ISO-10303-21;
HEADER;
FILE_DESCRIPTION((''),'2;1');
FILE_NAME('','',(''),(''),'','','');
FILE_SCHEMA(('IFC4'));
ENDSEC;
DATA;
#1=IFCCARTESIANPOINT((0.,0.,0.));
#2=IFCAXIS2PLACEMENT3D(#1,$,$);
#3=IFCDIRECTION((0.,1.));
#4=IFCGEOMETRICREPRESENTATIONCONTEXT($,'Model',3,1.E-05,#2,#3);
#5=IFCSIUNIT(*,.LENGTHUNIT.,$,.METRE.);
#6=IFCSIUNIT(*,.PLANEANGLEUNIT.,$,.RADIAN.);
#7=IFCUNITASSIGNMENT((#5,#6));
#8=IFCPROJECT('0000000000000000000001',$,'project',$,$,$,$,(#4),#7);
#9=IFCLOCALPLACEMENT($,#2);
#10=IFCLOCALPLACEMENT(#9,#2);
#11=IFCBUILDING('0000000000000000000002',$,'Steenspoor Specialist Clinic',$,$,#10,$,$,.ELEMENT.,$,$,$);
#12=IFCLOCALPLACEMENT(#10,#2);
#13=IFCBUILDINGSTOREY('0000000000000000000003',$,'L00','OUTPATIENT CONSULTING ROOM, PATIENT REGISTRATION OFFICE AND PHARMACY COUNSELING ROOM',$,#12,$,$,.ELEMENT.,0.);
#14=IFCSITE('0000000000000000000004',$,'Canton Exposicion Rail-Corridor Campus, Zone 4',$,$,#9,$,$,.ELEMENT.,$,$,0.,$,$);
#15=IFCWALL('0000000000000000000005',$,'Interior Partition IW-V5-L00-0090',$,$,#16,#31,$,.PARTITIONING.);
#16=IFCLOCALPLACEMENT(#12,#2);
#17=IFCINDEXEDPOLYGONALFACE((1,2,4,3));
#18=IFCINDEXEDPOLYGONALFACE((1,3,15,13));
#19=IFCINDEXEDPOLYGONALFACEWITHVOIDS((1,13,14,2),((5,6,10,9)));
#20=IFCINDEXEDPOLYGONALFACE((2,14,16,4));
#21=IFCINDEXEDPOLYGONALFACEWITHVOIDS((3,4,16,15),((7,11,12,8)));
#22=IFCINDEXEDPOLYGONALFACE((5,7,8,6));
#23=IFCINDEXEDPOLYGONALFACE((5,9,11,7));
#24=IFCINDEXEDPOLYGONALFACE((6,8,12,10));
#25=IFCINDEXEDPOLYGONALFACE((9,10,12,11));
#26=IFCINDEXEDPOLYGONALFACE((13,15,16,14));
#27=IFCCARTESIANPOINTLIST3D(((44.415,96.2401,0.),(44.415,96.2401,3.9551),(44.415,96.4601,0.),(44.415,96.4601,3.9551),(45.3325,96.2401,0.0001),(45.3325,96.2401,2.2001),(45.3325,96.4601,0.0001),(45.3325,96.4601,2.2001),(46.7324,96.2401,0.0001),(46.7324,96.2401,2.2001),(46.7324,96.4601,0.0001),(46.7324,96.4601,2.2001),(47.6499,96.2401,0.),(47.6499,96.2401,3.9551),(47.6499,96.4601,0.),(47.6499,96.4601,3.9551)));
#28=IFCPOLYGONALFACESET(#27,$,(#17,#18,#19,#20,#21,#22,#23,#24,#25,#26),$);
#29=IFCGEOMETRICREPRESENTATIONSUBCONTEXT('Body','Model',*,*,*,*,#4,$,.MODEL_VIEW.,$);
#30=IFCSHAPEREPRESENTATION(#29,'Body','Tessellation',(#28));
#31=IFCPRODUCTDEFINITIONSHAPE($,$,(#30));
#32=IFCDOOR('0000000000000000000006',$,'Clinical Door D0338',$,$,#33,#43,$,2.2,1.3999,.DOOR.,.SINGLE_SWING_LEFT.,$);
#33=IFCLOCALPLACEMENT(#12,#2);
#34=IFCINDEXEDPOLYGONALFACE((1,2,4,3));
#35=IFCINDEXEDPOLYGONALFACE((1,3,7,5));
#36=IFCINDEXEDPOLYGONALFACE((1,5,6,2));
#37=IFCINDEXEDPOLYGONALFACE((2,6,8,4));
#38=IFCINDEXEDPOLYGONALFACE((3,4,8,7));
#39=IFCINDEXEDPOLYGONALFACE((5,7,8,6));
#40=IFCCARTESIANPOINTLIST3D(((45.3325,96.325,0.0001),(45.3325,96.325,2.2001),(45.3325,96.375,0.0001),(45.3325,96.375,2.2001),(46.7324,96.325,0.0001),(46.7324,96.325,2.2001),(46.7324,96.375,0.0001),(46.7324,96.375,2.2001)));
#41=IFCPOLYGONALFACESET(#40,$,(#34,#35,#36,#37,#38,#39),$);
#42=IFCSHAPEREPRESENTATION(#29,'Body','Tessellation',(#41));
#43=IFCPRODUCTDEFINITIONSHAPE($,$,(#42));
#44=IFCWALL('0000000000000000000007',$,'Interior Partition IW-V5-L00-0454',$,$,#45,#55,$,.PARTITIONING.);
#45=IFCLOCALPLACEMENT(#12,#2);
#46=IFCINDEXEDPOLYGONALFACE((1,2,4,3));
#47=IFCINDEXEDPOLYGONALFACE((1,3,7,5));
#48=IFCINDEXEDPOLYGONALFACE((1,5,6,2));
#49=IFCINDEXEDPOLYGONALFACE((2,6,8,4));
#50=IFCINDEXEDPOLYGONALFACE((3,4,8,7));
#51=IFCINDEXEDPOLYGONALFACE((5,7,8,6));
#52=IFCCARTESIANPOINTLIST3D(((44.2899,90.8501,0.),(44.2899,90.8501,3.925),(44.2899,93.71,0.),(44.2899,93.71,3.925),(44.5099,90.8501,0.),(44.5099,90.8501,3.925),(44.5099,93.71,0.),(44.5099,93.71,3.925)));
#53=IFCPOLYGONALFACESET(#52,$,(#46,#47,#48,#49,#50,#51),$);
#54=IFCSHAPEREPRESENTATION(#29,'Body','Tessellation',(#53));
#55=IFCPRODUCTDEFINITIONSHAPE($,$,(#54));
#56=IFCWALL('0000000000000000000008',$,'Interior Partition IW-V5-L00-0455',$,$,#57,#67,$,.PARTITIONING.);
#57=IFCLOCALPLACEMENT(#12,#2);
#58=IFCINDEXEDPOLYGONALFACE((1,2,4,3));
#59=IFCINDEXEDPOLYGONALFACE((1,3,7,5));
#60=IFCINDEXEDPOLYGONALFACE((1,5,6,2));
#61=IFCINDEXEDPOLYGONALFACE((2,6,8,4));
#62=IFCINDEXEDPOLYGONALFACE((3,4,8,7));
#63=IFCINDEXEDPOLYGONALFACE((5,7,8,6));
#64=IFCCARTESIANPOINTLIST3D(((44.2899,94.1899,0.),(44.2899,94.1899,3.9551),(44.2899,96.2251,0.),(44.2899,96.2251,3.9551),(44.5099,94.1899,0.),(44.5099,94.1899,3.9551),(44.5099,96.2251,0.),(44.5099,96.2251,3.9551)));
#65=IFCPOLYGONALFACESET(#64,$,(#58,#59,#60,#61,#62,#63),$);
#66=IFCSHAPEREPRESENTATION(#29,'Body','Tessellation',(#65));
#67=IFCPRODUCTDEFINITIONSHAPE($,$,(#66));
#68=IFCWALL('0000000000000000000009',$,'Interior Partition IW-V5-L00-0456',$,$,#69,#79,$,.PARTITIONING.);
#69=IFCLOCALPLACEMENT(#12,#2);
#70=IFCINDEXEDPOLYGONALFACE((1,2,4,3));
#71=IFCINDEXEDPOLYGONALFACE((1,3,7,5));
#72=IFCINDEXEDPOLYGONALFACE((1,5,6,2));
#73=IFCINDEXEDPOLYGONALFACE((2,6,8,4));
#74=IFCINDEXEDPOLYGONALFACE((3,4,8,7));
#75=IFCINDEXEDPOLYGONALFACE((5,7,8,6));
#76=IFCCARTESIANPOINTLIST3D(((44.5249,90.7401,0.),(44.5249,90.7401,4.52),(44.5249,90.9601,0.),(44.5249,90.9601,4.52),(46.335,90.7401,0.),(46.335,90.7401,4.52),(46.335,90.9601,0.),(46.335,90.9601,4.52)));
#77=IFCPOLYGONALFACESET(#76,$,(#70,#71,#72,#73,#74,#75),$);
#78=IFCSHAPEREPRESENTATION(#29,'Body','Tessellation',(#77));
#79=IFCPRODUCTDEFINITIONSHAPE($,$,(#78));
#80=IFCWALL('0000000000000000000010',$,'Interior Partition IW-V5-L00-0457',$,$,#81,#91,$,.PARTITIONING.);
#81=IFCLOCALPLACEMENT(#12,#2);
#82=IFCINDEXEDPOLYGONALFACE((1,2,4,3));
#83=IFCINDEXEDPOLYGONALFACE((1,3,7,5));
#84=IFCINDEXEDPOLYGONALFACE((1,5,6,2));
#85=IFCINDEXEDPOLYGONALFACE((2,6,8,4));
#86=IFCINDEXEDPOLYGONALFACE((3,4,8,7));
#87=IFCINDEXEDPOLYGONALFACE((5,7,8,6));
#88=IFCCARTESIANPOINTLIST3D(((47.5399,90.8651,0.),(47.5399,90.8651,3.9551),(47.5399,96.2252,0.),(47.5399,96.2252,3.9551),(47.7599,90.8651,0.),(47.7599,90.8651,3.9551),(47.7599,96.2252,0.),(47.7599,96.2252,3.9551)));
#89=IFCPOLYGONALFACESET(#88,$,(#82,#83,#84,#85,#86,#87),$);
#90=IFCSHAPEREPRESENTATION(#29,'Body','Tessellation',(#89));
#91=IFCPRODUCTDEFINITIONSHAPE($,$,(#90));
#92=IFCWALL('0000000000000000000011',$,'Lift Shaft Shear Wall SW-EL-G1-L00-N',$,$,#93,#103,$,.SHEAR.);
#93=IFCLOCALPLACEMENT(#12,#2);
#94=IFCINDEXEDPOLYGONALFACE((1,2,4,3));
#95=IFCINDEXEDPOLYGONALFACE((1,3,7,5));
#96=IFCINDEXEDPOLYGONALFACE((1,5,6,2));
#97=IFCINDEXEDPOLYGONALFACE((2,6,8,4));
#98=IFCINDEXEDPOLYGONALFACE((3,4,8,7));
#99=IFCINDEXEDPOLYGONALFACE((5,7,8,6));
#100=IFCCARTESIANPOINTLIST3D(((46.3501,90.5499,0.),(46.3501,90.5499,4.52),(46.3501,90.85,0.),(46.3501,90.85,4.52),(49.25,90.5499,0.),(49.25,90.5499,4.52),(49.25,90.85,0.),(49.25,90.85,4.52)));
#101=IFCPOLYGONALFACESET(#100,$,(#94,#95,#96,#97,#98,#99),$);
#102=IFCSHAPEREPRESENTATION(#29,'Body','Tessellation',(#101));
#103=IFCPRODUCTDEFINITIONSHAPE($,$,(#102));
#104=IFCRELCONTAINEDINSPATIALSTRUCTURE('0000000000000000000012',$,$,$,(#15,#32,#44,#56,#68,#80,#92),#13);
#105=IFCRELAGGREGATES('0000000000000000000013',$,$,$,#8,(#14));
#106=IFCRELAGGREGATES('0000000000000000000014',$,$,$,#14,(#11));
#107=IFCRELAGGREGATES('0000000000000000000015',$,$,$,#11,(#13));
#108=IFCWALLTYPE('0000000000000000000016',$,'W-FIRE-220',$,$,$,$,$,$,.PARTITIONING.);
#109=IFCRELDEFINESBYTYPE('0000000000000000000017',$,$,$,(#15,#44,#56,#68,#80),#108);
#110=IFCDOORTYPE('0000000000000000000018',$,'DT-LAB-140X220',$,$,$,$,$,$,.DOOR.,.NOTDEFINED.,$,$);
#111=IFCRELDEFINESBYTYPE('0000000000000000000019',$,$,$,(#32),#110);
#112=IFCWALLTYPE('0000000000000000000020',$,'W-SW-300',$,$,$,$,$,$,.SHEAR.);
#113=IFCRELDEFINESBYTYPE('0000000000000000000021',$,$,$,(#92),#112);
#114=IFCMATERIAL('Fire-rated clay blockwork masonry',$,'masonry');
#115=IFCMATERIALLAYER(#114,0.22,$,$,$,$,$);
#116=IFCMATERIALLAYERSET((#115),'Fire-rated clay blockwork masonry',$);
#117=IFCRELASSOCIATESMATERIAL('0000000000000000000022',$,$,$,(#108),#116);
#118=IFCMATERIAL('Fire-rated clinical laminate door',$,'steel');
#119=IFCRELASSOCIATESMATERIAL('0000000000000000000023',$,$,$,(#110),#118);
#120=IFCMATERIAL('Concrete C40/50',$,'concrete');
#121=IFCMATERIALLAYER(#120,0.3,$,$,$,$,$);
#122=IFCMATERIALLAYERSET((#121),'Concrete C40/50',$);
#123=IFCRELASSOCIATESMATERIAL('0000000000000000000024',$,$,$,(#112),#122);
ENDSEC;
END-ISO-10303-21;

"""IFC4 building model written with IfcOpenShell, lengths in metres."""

from ifc_helpers import new_model, si_unit, direction, frame, frame_2d, origin, place, context, subcontext, project, spatial, rectangle, extrude, material, layer, layer_set, type_object, element, fill, save


model = new_model("IFC4")

# Units and contexts
model_context = context("Model", 3, precision=1e-05, world=origin(), true_north=direction((0.0, 1.0)))
body_context = subcontext(model_context, "Body", "Model", "MODEL_VIEW")
ifc_project = project(units=[si_unit("LENGTHUNIT", "METRE"), si_unit("PLANEANGLEUNIT", "RADIAN")], contexts=[model_context])

# Site, building, storey
site_placement = place(None, origin())
site = spatial("IfcSite", under=ifc_project, at=site_placement, Name="Canton Exposicion Rail-Corridor Campus, Zone 4", CompositionType="ELEMENT", RefElevation=0.0)
building_placement = place(site_placement, origin())
building = spatial("IfcBuilding", under=site, at=building_placement, Name="Steenspoor Specialist Clinic", CompositionType="ELEMENT")
storey_placement = place(building_placement, origin())
storey = spatial("IfcBuildingStorey", under=building, at=storey_placement, Name="L00", Description="OUTPATIENT CONSULTING ROOM, PATIENT REGISTRATION OFFICE AND PHARMACY COUNSELING ROOM", CompositionType="ELEMENT", Elevation=0.0)

# Shared definitions
ifc_material_1 = material(Name="Concrete C40/50", Category="concrete")

# Wall, opening, door
ifc_material_2 = material(Name="Fire-rated clay blockwork masonry", Category="masonry")
ifc_layer_1 = layer(ifc_material_2, 0.22)
ifc_layer_set_1 = layer_set([ifc_layer_1], Name="Fire-rated clay blockwork masonry")
wall_type_1 = type_object("IfcWallType", Name="W-FIRE-220", PredefinedType="PARTITIONING", material=ifc_layer_set_1)
wall_1_placement = place(storey_placement, frame((44.415, 96.3501, 0.0), z_axis=(0.0, 0.0, 1.0), x_axis=(1.0, 0.0, 0.0)))
wall_1 = element("IfcWall", 1, at=wall_1_placement, inside=storey, type_object=wall_type_1, Name="Interior Partition IW-V5-L00-0090", PredefinedType="PARTITIONING", context=body_context, shape_type="SweptSolid", body=[
    extrude(rectangle(XDim=3.2349, YDim=0.22, at=frame_2d((1.6174, 0.0))), origin(), (0.0, 0.0, 1.0), 3.9551),
])
opening_1_placement = place(wall_1_placement, frame((0.9175, 0.0, 0.0)))
opening_1 = element("IfcOpeningElement", 2, at=opening_1_placement, cuts=wall_1, PredefinedType="OPENING", context=body_context, shape_type="SweptSolid", body=[
    extrude(rectangle(XDim=1.3999, YDim=2.2, at=frame_2d((0.7, 1.1001))), frame((0.0, 0.1201, 0.0), z_axis=(0.0, -1.0, 0.0), x_axis=(1.0, 0.0, 0.0)), (0.0, 0.0, 1.0), 0.24),
])
ifc_material_3 = material(Name="Fire-rated clinical laminate door", Category="steel")
door_type = type_object("IfcDoorType", Name="DT-LAB-140X220", OperationType="NOTDEFINED", PredefinedType="DOOR", material=ifc_material_3)
door_placement = place(opening_1_placement, origin())
door = element("IfcDoor", 3, at=door_placement, inside=storey, type_object=door_type, Name="Clinical Door D0338", OperationType="SINGLE_SWING_LEFT", OverallHeight=2.2, OverallWidth=1.3999, PredefinedType="DOOR", context=body_context, shape_type="SweptSolid", body=[
    extrude(rectangle(XDim=1.3999, YDim=2.2, at=frame_2d((0.7, 1.1001))), frame((0.0, 0.0249, 0.0), z_axis=(0.0, -1.0, 0.0), x_axis=(1.0, 0.0, 0.0)), (0.0, 0.0, 1.0), 0.05),
])
fill(opening_1, door)

# Walls
wall_2_placement = place(storey_placement, frame((44.3999, 90.8501, 0.0), z_axis=(0.0, 0.0, 1.0), x_axis=(0.0, 1.0, 0.0)))
element("IfcWall", 4, at=wall_2_placement, inside=storey, type_object=wall_type_1, Name="Interior Partition IW-V5-L00-0454", PredefinedType="PARTITIONING", context=body_context, shape_type="SweptSolid", body=[
    extrude(rectangle(XDim=2.8599, YDim=0.22, at=frame_2d((1.4299, 0.0))), origin(), (0.0, 0.0, 1.0), 3.925),
])
wall_3_placement = place(storey_placement, frame((44.3999, 94.1899, 0.0), z_axis=(0.0, 0.0, 1.0), x_axis=(0.0, 1.0, 0.0)))
element("IfcWall", 5, at=wall_3_placement, inside=storey, type_object=wall_type_1, Name="Interior Partition IW-V5-L00-0455", PredefinedType="PARTITIONING", context=body_context, shape_type="SweptSolid", body=[
    extrude(rectangle(XDim=2.0352, YDim=0.22, at=frame_2d((1.0176, 0.0))), origin(), (0.0, 0.0, 1.0), 3.9551),
])
wall_4_placement = place(storey_placement, frame((44.5249, 90.8501, 0.0), z_axis=(0.0, 0.0, 1.0), x_axis=(1.0, 0.0, 0.0)))
element("IfcWall", 6, at=wall_4_placement, inside=storey, type_object=wall_type_1, Name="Interior Partition IW-V5-L00-0456", PredefinedType="PARTITIONING", context=body_context, shape_type="SweptSolid", body=[
    extrude(rectangle(XDim=1.8101, YDim=0.22, at=frame_2d((0.905, 0.0))), origin(), (0.0, 0.0, 1.0), 4.52),
])
wall_5_placement = place(storey_placement, frame((47.6499, 90.865, 0.0), z_axis=(0.0, 0.0, 1.0), x_axis=(0.0, 1.0, 0.0)))
element("IfcWall", 7, at=wall_5_placement, inside=storey, type_object=wall_type_1, Name="Interior Partition IW-V5-L00-0457", PredefinedType="PARTITIONING", context=body_context, shape_type="SweptSolid", body=[
    extrude(rectangle(XDim=5.3601, YDim=0.22, at=frame_2d((2.6802, 0.0))), origin(), (0.0, 0.0, 1.0), 3.9551),
])
ifc_layer_2 = layer(ifc_material_1, 0.3)
ifc_layer_set_2 = layer_set([ifc_layer_2], Name="Concrete C40/50")
wall_type_2 = type_object("IfcWallType", Name="W-SW-300", PredefinedType="SHEAR", material=ifc_layer_set_2)
wall_6_placement = place(storey_placement, frame((46.3501, 90.7, 0.0), z_axis=(0.0, 0.0, 1.0), x_axis=(1.0, 0.0, 0.0)))
element("IfcWall", 8, at=wall_6_placement, inside=storey, type_object=wall_type_2, Name="Lift Shaft Shear Wall SW-EL-G1-L00-N", PredefinedType="SHEAR", context=body_context, shape_type="SweptSolid", body=[
    extrude(rectangle(XDim=2.8999, YDim=0.3, at=frame_2d((1.45, 0.0))), origin(), (0.0, 0.0, 1.0), 4.52),
])

save(model, "model.ifc")
